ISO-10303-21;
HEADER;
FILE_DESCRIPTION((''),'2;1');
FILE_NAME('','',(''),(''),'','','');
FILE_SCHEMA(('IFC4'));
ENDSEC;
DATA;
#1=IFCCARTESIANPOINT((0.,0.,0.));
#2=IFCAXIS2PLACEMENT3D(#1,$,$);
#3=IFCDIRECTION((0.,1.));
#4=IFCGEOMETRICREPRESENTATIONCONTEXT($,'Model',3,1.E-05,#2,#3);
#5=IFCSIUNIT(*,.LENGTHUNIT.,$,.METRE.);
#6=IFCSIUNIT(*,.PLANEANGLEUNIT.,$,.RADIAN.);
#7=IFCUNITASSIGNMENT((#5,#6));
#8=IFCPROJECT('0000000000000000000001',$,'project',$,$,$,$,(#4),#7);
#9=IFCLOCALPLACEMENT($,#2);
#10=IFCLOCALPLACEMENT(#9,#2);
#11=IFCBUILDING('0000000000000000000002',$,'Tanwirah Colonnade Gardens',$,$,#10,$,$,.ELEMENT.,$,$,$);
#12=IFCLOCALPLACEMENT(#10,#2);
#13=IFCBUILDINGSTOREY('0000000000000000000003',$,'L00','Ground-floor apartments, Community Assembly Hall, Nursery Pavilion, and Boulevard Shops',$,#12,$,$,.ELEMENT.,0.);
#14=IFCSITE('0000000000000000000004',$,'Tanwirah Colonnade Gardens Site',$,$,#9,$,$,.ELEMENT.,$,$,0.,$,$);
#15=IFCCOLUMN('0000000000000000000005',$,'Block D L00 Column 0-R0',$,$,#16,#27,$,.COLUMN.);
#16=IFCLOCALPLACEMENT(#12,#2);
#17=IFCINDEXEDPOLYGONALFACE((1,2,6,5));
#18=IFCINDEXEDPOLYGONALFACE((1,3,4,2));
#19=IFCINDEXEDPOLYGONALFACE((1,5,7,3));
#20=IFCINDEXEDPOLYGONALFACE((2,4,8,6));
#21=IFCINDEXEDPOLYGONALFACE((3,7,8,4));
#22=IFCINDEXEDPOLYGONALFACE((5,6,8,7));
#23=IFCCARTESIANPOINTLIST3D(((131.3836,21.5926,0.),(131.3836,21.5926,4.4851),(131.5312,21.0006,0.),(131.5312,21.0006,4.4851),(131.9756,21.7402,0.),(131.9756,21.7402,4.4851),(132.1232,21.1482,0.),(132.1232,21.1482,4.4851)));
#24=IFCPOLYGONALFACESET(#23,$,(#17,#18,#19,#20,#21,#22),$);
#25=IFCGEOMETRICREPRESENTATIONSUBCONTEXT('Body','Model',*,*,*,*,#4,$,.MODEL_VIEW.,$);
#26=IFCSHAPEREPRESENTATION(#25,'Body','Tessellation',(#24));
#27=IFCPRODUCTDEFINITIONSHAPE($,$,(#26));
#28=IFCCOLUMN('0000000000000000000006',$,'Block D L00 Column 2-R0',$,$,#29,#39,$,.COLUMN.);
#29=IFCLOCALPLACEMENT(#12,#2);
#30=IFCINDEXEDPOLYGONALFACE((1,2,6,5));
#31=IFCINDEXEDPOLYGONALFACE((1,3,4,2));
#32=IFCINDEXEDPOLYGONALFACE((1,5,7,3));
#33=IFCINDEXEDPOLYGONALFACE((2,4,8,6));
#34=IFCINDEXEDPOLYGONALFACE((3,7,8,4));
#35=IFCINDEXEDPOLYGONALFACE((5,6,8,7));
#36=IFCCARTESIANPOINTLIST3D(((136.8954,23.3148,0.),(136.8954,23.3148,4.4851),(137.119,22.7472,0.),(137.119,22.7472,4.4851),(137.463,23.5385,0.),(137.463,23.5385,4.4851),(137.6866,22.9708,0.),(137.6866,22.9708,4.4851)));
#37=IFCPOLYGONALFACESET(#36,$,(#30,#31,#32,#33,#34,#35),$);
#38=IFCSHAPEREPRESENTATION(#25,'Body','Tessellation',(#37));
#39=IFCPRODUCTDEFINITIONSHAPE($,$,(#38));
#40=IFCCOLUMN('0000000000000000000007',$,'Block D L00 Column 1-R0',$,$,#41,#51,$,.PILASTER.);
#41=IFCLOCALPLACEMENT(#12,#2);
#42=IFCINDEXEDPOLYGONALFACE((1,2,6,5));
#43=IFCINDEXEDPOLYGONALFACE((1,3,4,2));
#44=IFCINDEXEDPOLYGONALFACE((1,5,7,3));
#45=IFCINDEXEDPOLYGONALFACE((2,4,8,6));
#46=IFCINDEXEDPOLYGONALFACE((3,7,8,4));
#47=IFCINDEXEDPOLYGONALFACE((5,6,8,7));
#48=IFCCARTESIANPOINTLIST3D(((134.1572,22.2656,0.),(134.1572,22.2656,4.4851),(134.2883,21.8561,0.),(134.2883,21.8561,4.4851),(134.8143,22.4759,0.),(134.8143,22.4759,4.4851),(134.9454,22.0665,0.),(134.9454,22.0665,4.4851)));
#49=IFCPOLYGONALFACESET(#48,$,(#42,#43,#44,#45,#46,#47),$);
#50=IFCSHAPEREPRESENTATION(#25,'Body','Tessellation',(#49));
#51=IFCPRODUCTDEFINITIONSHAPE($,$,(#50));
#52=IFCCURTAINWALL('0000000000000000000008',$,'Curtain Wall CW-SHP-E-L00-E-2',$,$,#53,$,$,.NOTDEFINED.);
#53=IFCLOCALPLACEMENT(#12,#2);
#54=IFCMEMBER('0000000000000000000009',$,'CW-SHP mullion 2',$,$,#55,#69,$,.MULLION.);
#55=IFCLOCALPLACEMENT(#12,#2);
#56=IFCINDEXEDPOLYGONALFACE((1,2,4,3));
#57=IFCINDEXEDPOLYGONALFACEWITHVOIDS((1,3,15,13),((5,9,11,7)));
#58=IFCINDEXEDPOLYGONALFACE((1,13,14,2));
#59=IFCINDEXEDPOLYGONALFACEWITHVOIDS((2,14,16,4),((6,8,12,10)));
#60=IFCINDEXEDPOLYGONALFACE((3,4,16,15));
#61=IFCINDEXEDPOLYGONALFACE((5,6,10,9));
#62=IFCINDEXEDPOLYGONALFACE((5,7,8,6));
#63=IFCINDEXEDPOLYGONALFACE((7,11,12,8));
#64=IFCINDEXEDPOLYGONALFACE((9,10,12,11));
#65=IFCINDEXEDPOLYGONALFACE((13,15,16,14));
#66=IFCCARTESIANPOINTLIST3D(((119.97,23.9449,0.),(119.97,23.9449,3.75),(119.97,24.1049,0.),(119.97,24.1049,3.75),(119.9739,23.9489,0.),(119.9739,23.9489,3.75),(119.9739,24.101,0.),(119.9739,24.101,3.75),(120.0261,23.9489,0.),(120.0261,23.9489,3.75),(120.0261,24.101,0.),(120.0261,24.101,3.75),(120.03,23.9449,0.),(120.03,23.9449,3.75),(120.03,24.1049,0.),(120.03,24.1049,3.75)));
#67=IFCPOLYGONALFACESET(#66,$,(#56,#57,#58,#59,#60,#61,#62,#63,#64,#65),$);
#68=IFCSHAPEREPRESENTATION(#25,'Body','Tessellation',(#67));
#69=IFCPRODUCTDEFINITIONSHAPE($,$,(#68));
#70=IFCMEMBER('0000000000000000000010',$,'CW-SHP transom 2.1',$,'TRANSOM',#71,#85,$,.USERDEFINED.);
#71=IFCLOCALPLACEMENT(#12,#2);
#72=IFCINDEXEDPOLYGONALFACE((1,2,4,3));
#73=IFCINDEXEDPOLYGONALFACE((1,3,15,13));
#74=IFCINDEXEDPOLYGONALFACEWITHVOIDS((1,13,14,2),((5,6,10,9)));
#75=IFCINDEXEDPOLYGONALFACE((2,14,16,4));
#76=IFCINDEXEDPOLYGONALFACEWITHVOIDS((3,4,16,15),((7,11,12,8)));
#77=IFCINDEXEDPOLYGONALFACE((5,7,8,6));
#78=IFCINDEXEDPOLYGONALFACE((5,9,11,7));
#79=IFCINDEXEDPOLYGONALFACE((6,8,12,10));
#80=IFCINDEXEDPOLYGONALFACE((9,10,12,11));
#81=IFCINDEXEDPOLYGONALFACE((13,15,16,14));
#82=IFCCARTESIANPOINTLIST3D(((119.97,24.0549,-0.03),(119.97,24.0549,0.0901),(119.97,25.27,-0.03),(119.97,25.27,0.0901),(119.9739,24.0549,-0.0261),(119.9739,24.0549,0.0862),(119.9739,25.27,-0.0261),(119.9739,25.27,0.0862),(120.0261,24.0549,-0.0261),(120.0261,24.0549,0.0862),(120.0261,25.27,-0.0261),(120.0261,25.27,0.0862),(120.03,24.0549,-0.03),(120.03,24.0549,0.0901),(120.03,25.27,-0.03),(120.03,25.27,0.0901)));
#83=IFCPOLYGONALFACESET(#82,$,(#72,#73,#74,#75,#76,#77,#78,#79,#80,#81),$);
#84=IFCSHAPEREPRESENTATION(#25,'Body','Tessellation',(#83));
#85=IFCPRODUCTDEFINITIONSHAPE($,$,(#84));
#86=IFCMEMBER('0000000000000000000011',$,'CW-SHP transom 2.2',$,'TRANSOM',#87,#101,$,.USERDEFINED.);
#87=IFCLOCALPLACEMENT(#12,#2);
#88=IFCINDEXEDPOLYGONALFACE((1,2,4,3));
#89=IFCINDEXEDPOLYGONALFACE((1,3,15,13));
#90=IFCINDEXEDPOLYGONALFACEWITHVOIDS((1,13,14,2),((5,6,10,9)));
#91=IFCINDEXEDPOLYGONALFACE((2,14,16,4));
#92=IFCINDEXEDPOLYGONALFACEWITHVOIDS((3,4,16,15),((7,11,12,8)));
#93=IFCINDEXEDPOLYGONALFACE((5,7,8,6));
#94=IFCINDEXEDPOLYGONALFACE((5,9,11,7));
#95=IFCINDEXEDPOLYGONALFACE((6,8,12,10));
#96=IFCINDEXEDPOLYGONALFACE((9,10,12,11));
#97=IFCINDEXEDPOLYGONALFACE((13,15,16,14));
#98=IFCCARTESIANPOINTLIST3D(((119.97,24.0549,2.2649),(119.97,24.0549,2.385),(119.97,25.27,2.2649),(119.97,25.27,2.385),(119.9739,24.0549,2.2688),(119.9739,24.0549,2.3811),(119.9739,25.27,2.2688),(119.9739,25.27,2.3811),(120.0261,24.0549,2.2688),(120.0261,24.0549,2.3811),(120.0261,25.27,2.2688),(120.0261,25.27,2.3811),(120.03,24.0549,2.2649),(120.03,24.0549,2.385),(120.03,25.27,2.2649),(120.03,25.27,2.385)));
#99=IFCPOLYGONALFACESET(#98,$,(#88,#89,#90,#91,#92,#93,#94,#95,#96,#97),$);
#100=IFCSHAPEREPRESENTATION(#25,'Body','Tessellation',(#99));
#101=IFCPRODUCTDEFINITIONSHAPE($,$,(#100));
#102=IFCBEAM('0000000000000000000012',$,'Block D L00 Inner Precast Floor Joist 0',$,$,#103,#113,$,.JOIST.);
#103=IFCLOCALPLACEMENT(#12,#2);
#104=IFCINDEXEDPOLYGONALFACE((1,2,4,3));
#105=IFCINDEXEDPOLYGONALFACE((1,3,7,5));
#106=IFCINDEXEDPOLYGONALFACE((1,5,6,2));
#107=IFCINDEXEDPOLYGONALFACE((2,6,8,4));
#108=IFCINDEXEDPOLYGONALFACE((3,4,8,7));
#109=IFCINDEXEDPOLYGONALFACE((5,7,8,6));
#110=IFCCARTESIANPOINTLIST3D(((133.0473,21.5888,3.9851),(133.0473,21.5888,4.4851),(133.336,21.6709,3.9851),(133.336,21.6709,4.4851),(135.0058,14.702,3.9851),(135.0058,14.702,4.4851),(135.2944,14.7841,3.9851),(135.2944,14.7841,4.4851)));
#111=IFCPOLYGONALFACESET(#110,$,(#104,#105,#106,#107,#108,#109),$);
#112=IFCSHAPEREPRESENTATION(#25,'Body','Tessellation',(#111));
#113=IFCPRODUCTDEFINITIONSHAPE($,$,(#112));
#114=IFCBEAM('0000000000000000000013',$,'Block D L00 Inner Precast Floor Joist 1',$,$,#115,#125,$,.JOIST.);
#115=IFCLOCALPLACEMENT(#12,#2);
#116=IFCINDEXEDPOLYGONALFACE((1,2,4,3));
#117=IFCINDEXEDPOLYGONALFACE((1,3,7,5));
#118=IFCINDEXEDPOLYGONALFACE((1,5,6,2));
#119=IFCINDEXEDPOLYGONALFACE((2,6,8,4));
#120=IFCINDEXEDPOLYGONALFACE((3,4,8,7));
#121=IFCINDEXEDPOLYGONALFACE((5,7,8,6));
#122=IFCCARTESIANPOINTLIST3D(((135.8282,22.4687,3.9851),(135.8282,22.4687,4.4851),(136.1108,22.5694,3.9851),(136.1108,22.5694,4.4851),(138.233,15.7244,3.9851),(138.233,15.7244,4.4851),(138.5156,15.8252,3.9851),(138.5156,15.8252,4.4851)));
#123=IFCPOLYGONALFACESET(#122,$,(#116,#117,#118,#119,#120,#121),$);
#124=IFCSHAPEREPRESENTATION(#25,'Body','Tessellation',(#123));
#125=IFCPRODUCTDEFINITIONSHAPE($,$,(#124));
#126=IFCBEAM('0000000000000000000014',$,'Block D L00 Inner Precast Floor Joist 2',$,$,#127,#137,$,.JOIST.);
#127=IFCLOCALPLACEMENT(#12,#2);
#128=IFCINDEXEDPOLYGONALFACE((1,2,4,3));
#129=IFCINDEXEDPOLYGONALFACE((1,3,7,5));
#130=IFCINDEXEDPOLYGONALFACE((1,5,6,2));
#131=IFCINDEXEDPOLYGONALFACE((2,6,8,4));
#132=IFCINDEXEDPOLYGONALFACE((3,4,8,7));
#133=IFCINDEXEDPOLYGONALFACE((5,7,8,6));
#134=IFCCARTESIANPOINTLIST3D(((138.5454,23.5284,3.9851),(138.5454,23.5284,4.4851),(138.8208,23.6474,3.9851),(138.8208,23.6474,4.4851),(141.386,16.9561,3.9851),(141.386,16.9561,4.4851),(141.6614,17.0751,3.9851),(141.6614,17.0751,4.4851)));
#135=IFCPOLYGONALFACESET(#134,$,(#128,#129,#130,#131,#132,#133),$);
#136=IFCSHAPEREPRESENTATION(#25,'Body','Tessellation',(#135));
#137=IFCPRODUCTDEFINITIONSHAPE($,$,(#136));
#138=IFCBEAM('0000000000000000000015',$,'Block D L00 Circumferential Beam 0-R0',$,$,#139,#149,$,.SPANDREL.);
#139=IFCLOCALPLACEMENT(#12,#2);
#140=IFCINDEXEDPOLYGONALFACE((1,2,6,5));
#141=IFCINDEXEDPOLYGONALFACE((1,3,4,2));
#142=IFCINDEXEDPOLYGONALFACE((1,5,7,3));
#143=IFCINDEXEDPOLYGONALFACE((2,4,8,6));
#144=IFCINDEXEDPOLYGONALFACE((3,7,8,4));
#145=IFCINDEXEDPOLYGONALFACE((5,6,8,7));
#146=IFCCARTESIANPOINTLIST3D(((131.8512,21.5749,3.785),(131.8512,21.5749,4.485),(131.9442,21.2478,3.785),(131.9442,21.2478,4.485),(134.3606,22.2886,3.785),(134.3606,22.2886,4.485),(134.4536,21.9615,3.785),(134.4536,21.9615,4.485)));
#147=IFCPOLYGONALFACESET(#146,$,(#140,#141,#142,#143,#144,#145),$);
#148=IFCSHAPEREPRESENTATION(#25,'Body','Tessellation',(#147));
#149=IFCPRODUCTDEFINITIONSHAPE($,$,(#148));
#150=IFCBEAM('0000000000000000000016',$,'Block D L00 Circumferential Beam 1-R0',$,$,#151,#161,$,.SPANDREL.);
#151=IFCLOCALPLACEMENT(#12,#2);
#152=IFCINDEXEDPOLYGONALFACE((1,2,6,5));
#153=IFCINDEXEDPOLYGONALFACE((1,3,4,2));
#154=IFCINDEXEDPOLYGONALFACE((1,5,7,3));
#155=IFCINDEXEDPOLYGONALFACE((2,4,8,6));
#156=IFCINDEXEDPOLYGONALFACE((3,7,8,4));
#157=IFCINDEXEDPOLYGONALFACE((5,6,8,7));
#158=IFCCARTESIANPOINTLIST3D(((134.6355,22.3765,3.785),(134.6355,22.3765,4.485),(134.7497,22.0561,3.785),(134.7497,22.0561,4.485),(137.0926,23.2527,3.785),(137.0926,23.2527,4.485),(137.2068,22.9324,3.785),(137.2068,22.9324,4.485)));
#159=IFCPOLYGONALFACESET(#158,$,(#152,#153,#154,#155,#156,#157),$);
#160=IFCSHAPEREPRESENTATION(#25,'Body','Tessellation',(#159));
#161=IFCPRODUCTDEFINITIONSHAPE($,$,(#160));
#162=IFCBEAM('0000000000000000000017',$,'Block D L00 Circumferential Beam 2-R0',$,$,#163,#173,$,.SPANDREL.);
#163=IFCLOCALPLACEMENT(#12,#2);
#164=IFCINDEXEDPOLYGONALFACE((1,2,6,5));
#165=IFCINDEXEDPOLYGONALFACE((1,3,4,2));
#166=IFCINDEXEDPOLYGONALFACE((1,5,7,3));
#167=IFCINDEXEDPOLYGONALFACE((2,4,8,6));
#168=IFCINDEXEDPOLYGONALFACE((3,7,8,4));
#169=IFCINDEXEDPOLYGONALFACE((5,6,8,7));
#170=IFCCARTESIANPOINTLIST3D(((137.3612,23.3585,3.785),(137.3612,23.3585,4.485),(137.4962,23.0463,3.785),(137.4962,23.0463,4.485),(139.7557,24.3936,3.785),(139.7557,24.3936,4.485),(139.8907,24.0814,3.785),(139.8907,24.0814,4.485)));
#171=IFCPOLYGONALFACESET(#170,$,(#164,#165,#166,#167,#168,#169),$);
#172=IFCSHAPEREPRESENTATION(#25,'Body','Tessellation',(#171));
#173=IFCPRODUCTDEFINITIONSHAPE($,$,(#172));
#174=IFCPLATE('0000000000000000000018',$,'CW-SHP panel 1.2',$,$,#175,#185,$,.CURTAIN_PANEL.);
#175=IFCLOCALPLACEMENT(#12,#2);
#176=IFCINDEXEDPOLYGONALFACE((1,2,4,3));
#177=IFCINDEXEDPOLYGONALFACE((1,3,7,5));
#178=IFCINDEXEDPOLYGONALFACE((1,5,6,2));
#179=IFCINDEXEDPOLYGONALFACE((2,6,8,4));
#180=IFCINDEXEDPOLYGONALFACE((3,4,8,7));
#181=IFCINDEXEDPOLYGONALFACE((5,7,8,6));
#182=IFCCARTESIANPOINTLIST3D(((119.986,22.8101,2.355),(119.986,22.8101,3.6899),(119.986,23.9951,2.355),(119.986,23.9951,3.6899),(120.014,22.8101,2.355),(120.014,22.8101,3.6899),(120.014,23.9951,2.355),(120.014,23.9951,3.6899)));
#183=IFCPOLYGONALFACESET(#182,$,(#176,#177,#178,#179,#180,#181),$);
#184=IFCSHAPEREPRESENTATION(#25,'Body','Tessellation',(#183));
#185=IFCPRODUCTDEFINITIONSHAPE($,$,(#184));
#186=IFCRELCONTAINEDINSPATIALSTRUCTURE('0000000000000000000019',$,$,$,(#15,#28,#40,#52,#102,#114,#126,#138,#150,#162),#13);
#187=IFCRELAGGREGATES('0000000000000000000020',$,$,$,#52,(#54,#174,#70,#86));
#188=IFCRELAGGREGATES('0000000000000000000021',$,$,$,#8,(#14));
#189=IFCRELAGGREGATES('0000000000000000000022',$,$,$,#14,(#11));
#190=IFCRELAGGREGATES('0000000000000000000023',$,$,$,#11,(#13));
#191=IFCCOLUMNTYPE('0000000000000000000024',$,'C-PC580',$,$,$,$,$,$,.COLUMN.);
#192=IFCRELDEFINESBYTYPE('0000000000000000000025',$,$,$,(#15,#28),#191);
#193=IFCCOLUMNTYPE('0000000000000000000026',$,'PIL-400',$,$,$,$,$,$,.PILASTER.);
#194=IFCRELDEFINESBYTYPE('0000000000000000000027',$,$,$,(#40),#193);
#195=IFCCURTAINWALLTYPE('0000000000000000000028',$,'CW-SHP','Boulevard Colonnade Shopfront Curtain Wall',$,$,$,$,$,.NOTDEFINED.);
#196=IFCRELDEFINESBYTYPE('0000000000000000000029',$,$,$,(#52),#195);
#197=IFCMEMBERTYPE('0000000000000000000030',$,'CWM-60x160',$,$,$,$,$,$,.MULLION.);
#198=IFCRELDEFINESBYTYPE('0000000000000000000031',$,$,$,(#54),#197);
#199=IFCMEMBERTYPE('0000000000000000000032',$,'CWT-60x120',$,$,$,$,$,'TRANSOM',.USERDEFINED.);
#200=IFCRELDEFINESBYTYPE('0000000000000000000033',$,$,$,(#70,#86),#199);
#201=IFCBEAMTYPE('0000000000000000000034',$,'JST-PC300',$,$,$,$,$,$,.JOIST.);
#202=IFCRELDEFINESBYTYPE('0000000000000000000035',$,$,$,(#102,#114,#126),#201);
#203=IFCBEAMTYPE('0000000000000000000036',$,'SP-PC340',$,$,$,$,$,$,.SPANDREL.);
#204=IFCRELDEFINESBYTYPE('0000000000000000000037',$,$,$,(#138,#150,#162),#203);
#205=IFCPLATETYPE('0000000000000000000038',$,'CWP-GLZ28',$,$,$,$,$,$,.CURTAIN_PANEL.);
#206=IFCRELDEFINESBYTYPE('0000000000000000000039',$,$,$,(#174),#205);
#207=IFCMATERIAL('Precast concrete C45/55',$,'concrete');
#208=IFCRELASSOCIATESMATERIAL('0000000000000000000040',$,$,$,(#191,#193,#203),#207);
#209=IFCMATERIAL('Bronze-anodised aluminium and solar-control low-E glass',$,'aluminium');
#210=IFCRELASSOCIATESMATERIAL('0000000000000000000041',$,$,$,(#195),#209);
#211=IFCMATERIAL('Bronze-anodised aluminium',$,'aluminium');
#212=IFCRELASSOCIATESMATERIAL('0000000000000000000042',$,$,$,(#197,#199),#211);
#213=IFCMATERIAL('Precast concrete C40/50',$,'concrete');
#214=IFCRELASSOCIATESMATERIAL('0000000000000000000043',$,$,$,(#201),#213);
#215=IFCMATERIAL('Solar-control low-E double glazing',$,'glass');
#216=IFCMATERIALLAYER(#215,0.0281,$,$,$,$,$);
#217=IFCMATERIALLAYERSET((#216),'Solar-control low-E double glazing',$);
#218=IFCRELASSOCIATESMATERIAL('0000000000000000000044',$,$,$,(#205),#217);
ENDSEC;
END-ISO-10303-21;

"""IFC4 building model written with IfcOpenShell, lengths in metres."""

from ifc_helpers import new_model, si_unit, direction, frame, origin, origin_2d, place, context, subcontext, project, spatial, rectangle, hollow_rectangle, extrude, material, layer, layer_set, material_profile, profile_set, type_object, element, aggregate, save


model = new_model("IFC4")

# Units and contexts
model_context = context("Model", 3, precision=1e-05, world=origin(), true_north=direction((0.0, 1.0)))
body_context = subcontext(model_context, "Body", "Model", "MODEL_VIEW")
ifc_project = project(units=[si_unit("LENGTHUNIT", "METRE"), si_unit("PLANEANGLEUNIT", "RADIAN")], contexts=[model_context])

# Site, building, storey
site_placement = place(None, origin())
site = spatial("IfcSite", under=ifc_project, at=site_placement, Name="Tanwirah Colonnade Gardens Site", CompositionType="ELEMENT", RefElevation=0.0)
building_placement = place(site_placement, origin())
building = spatial("IfcBuilding", under=site, at=building_placement, Name="Tanwirah Colonnade Gardens", CompositionType="ELEMENT")
storey_placement = place(building_placement, origin())
storey = spatial("IfcBuildingStorey", under=building, at=storey_placement, Name="L00", Description="Ground-floor apartments, Community Assembly Hall, Nursery Pavilion, and Boulevard Shops", CompositionType="ELEMENT", Elevation=0.0)

# Columns
ifc_material_1 = material(Name="Precast concrete C45/55", Category="concrete")
ifc_material_profile_1 = material_profile(ifc_material_1, rectangle(XDim=0.6101, YDim=0.6101, at=origin_2d()), Name="PC-COL 610x610")
ifc_profile_set_1 = profile_set([ifc_material_profile_1], Name="Precast concrete C45/55")
column_type_1 = type_object("IfcColumnType", Name="C-PC580", PredefinedType="COLUMN", material=ifc_profile_set_1)
for number, where, z_axis, x_axis, name in (
    (1, (131.7534, 21.3704, 0.0), (0.0, 0.0, 1.0), (0.241922, -0.970296, 0.0), "Block D L00 Column 0-R0"),
    (2, (137.291, 23.1428, 0.0), (0.0, 0.0, 1.0), (0.366501, -0.930418, 0.0), "Block D L00 Column 2-R0"),
):
    element("IfcColumn", number, at=place(storey_placement, frame(where, z_axis=z_axis, x_axis=x_axis)), inside=storey, type_object=column_type_1, Name=name, PredefinedType="COLUMN", context=body_context, shape_type="SweptSolid", body=[
        extrude(rectangle(XDim=0.6101, YDim=0.6101, at=origin_2d()), origin(), (0.0, 0.0, 1.0), 4.4851),
    ])
ifc_material_profile_2 = material_profile(ifc_material_1, rectangle(XDim=0.4299, YDim=0.6899, at=origin_2d()), Name="PC-PIL 430x690")
ifc_profile_set_2 = profile_set([ifc_material_profile_2], Name="Precast concrete C45/55")
column_type_2 = type_object("IfcColumnType", Name="PIL-400", PredefinedType="PILASTER", material=ifc_profile_set_2)
column_placement = place(storey_placement, frame((134.5513, 22.166, 0.0), z_axis=(0.0, 0.0, 1.0), x_axis=(0.304864, -0.952396, 0.0)))
element("IfcColumn", 3, at=column_placement, inside=storey, type_object=column_type_2, Name="Block D L00 Column 1-R0", PredefinedType="PILASTER", context=body_context, shape_type="SweptSolid", body=[
    extrude(rectangle(XDim=0.4299, YDim=0.6899, at=origin_2d()), origin(), (0.0, 0.0, 1.0), 4.4851),
])

# Curtain wall, members
ifc_material_2 = material(Name="Bronze-anodised aluminium and solar-control low-E glass", Category="aluminium")
curtain_wall_type = type_object("IfcCurtainWallType", Name="CW-SHP", Description="Boulevard Colonnade Shopfront Curtain Wall", PredefinedType="NOTDEFINED", material=ifc_material_2)
curtain_wall_placement = place(storey_placement, origin())
curtain_wall = element("IfcCurtainWall", 4, at=curtain_wall_placement, inside=storey, type_object=curtain_wall_type, Name="Curtain Wall CW-SHP-E-L00-E-2", PredefinedType="NOTDEFINED")
ifc_material_3 = material(Name="Bronze-anodised aluminium", Category="aluminium")
ifc_material_profile_3 = material_profile(ifc_material_3, hollow_rectangle(XDim=0.0601, YDim=0.1599, WallThickness=0.0039, at=origin_2d()), Name="CW-MUL 60x160x4")
ifc_profile_set_3 = profile_set([ifc_material_profile_3], Name="Bronze-anodised aluminium")
member_type_1 = type_object("IfcMemberType", Name="CWM-60x160", PredefinedType="MULLION", material=ifc_profile_set_3)
member_1_placement = place(storey_placement, frame((120.0, 24.0249, 0.0), z_axis=(0.0, 0.0, 1.0), x_axis=(-1.0, 0.0, 0.0)))
member_1 = element("IfcMember", 5, at=member_1_placement, type_object=member_type_1, Name="CW-SHP mullion 2", PredefinedType="MULLION", context=body_context, shape_type="SweptSolid", body=[
    extrude(hollow_rectangle(XDim=0.0601, YDim=0.1599, WallThickness=0.0039, at=origin_2d()), origin(), (0.0, 0.0, 1.0), 3.75),
])
ifc_material_profile_4 = material_profile(ifc_material_3, hollow_rectangle(XDim=0.0601, YDim=0.1201, WallThickness=0.0039, at=origin_2d()), Name="CW-TRN 60x120x4")
ifc_profile_set_4 = profile_set([ifc_material_profile_4], Name="Bronze-anodised aluminium")
member_type_2 = type_object("IfcMemberType", Name="CWT-60x120", ElementType="TRANSOM", PredefinedType="USERDEFINED", material=ifc_profile_set_4)
member_2_placement = place(storey_placement, frame((120.0, 24.0549, 0.03), z_axis=(0.0, 1.0, 0.0), x_axis=(-1.0, 0.0, 0.0)))
member_2 = element("IfcMember", 6, at=member_2_placement, type_object=member_type_2, Name="CW-SHP transom 2.1", ObjectType="TRANSOM", PredefinedType="USERDEFINED", context=body_context, shape_type="SweptSolid", body=[
    extrude(hollow_rectangle(XDim=0.0601, YDim=0.1201, WallThickness=0.0039, at=origin_2d()), origin(), (0.0, 0.0, 1.0), 1.2151),
])
member_3_placement = place(storey_placement, frame((120.0, 24.0549, 2.325), z_axis=(0.0, 1.0, 0.0), x_axis=(-1.0, 0.0, 0.0)))
member_3 = element("IfcMember", 7, at=member_3_placement, type_object=member_type_2, Name="CW-SHP transom 2.2", ObjectType="TRANSOM", PredefinedType="USERDEFINED", context=body_context, shape_type="SweptSolid", body=[
    extrude(hollow_rectangle(XDim=0.0601, YDim=0.1201, WallThickness=0.0039, at=origin_2d()), origin(), (0.0, 0.0, 1.0), 1.2151),
])

# Beams
ifc_material_4 = material(Name="Precast concrete C40/50", Category="concrete")
ifc_material_profile_5 = material_profile(ifc_material_4, rectangle(XDim=0.3, YDim=0.5, at=origin_2d()), Name="PC-JST 300x500")
ifc_profile_set_5 = profile_set([ifc_material_profile_5], Name="Precast concrete C40/50")
beam_type_1 = type_object("IfcBeamType", Name="JST-PC300", PredefinedType="JOIST", material=ifc_profile_set_5)
beam_1_placement = place(storey_placement, frame((133.1917, 21.6299, 4.2351), z_axis=(0.273532, -0.961863, 0.0), x_axis=(0.961863, 0.273532, 0.0)))
element("IfcBeam", 8, at=beam_1_placement, inside=storey, type_object=beam_type_1, Name="Block D L00 Inner Precast Floor Joist 0", PredefinedType="JOIST", context=body_context, shape_type="SweptSolid", body=[
    extrude(rectangle(XDim=0.3, YDim=0.5, at=origin_2d()), origin(), (0.0, 0.0, 1.0), 7.1599),
])
beam_2_placement = place(storey_placement, frame((135.9695, 22.519, 4.2351), z_axis=(0.335861, -0.941912, 0.0), x_axis=(0.941912, 0.335861, 0.0)))
element("IfcBeam", 9, at=beam_2_placement, inside=storey, type_object=beam_type_1, Name="Block D L00 Inner Precast Floor Joist 1", PredefinedType="JOIST", context=body_context, shape_type="SweptSolid", body=[
    extrude(rectangle(XDim=0.3, YDim=0.5, at=origin_2d()), origin(), (0.0, 0.0, 1.0), 7.1602),
])
beam_3_placement = place(storey_placement, frame((138.6831, 23.5879, 4.2351), z_axis=(0.396736, -0.917933, 0.0), x_axis=(0.917933, 0.396736, 0.0)))
element("IfcBeam", 10, at=beam_3_placement, inside=storey, type_object=beam_type_1, Name="Block D L00 Inner Precast Floor Joist 2", PredefinedType="JOIST", context=body_context, shape_type="SweptSolid", body=[
    extrude(rectangle(XDim=0.3, YDim=0.5, at=origin_2d()), origin(), (0.0, 0.0, 1.0), 7.1599),
])
ifc_material_profile_6 = material_profile(ifc_material_1, rectangle(XDim=0.3401, YDim=0.7, at=origin_2d()), Name="PC-SP 340x700")
ifc_profile_set_6 = profile_set([ifc_material_profile_6], Name="Precast concrete C45/55")
beam_type_2 = type_object("IfcBeamType", Name="SP-PC340", PredefinedType="SPANDREL", material=ifc_profile_set_6)
beam_4_placement = place(storey_placement, frame((131.8977, 21.4114, 4.135), z_axis=(0.961859, 0.273547, 0.0), x_axis=(-0.273547, 0.961859, 0.0)))
element("IfcBeam", 11, at=beam_4_placement, inside=storey, type_object=beam_type_2, Name="Block D L00 Circumferential Beam 0-R0", PredefinedType="SPANDREL", context=body_context, shape_type="SweptSolid", body=[
    extrude(rectangle(XDim=0.3401, YDim=0.7, at=origin_2d()), origin(), (0.0, 0.0, 1.0), 2.6089),
])
for number, where, z_axis, x_axis, name in (
    (12, (134.6926, 22.2163, 4.135), (0.941898, 0.335898, 0.0), (-0.335898, 0.941898, 0.0), "Block D L00 Circumferential Beam 1-R0"),
    (13, (137.4287, 23.2024, 4.135), (0.917901, 0.396809, 0.0), (-0.396809, 0.917901, 0.0), "Block D L00 Circumferential Beam 2-R0"),
):
    element("IfcBeam", number, at=place(storey_placement, frame(where, z_axis=z_axis, x_axis=x_axis)), inside=storey, type_object=beam_type_2, Name=name, PredefinedType="SPANDREL", context=body_context, shape_type="SweptSolid", body=[
        extrude(rectangle(XDim=0.3401, YDim=0.7, at=origin_2d()), origin(), (0.0, 0.0, 1.0), 2.6086),
    ])

# Plate
ifc_material_5 = material(Name="Solar-control low-E double glazing", Category="glass")
ifc_layer_1 = layer(ifc_material_5, 0.0281)
ifc_layer_set_1 = layer_set([ifc_layer_1], Name="Solar-control low-E double glazing")
plate_type = type_object("IfcPlateType", Name="CWP-GLZ28", PredefinedType="CURTAIN_PANEL", material=ifc_layer_set_1)
plate_placement = place(storey_placement, frame((120.0, 23.4026, 2.355), z_axis=(0.0, 0.0, 1.0), x_axis=(0.0, 1.0, 0.0)))
plate = element("IfcPlate", 14, at=plate_placement, type_object=plate_type, Name="CW-SHP panel 1.2", PredefinedType="CURTAIN_PANEL", context=body_context, shape_type="SweptSolid", body=[
    extrude(rectangle(XDim=1.1851, YDim=0.0281, at=origin_2d()), origin(), (0.0, 0.0, 1.0), 1.335),
])
aggregate(curtain_wall, [member_1, plate, member_2, member_3])

save(model, "model.ifc")
